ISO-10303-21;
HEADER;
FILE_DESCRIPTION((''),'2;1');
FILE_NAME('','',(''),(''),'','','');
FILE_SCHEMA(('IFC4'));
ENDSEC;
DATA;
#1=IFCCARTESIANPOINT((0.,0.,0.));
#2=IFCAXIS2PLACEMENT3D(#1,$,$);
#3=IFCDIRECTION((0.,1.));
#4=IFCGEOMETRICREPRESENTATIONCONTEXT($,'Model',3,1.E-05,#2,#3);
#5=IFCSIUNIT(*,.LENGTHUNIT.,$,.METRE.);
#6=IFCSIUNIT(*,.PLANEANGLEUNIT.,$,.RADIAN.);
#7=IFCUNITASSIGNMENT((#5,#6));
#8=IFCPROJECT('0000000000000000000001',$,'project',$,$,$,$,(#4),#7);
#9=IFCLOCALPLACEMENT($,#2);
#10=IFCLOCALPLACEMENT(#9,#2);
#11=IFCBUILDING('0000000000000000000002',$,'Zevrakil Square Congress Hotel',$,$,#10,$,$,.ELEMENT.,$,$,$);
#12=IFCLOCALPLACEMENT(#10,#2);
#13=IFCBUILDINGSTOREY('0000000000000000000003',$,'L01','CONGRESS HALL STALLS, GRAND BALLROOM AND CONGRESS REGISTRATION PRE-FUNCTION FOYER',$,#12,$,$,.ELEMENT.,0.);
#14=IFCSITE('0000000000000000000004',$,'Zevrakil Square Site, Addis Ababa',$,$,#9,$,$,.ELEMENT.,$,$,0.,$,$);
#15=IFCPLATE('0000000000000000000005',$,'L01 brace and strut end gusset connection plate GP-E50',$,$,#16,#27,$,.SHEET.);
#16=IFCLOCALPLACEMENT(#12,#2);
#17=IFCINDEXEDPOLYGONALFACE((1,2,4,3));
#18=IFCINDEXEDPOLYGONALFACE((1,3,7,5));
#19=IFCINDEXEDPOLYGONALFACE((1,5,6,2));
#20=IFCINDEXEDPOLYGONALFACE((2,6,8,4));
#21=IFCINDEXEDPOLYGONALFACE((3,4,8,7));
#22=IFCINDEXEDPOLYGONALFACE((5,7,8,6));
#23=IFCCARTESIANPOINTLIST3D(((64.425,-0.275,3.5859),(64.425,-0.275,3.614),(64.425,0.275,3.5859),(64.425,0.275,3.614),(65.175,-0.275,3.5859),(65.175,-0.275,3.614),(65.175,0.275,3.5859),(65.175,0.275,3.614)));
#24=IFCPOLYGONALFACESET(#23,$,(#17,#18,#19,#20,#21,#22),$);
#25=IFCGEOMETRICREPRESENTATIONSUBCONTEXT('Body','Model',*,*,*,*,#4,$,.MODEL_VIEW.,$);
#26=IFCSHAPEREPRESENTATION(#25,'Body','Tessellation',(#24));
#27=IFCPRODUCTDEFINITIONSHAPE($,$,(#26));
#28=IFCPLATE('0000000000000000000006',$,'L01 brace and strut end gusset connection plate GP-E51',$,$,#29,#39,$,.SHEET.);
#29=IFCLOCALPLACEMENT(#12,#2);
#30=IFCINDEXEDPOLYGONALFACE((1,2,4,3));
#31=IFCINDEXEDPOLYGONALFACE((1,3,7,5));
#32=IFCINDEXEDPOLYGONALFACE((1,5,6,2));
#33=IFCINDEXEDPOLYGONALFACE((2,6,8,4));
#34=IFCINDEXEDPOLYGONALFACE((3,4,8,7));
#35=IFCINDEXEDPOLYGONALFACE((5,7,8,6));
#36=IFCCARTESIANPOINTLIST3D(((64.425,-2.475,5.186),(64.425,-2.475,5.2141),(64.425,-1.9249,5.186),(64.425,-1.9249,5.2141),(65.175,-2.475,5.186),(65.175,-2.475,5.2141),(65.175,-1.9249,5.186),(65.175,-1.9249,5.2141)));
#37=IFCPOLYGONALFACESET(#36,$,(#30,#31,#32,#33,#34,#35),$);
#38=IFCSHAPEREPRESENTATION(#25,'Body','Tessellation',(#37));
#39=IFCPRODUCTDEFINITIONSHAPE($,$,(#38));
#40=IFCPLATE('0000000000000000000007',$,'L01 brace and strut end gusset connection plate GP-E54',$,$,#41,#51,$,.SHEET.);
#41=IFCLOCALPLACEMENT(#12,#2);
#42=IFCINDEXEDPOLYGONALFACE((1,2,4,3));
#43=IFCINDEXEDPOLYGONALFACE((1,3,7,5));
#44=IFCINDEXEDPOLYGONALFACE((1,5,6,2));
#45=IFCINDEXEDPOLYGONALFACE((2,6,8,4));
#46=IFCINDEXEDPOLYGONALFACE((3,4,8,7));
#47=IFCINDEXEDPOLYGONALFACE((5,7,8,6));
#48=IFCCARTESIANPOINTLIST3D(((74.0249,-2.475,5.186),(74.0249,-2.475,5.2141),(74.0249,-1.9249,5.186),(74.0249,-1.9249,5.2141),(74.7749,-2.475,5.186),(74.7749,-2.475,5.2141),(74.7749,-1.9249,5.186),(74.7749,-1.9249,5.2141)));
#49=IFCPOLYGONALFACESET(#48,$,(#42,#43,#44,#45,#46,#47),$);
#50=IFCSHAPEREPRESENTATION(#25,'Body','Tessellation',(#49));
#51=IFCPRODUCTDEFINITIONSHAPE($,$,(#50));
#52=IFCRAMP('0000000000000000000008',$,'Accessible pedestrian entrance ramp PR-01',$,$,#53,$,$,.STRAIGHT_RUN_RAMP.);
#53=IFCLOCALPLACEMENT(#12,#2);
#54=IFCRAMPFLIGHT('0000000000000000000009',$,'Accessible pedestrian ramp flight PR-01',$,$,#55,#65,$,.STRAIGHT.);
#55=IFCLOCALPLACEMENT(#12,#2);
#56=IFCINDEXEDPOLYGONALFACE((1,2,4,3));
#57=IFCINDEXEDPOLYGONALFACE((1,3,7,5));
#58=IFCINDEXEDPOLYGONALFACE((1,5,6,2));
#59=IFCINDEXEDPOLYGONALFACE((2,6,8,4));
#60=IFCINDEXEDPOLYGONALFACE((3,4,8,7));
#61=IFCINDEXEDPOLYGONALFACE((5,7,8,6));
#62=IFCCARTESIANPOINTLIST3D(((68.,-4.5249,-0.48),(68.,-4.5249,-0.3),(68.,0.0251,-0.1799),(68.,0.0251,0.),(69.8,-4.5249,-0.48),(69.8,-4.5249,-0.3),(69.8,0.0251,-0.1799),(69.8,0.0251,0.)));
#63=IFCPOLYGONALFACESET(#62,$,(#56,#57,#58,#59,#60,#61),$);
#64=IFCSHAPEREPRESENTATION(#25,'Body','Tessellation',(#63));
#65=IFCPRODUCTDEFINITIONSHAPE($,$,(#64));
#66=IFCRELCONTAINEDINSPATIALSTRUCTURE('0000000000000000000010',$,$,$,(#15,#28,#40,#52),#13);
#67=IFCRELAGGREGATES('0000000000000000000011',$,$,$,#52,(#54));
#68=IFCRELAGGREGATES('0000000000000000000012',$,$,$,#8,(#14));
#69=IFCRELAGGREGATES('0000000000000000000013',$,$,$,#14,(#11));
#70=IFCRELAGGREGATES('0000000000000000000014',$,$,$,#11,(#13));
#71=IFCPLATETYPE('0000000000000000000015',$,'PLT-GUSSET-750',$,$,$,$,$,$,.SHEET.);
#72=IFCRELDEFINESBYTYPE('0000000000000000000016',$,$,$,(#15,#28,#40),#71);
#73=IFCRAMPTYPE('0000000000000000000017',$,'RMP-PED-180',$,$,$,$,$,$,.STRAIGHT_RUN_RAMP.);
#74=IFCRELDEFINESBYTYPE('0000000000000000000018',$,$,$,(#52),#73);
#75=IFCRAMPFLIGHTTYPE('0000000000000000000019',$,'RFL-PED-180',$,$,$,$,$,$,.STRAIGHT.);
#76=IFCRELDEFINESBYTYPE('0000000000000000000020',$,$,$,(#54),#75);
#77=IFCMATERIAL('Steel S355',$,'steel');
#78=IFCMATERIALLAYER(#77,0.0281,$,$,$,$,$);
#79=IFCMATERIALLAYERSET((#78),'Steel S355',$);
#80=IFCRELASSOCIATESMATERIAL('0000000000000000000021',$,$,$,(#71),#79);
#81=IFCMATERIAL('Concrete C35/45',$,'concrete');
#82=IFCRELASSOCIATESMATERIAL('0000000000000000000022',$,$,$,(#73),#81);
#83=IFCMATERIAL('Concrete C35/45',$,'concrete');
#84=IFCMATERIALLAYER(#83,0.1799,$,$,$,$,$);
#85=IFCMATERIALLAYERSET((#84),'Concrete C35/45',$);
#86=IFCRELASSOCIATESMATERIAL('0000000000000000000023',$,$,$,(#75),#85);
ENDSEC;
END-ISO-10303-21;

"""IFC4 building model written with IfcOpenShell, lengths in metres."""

from ifc_helpers import new_model, si_unit, direction, frame, origin, origin_2d, place, context, subcontext, project, spatial, polyline, rectangle, outline, extrude, material, layer, layer_set, type_object, element, aggregate, save


model = new_model("IFC4")

# Units and contexts
model_context = context("Model", 3, precision=1e-05, world=origin(), true_north=direction((0.0, 1.0)))
body_context = subcontext(model_context, "Body", "Model", "MODEL_VIEW")
ifc_project = project(units=[si_unit("LENGTHUNIT", "METRE"), si_unit("PLANEANGLEUNIT", "RADIAN")], contexts=[model_context])

# Site, building, storey
site_placement = place(None, origin())
site = spatial("IfcSite", under=ifc_project, at=site_placement, Name="Zevrakil Square Site, Addis Ababa", CompositionType="ELEMENT", RefElevation=0.0)
building_placement = place(site_placement, origin())
building = spatial("IfcBuilding", under=site, at=building_placement, Name="Zevrakil Square Congress Hotel", CompositionType="ELEMENT")
storey_placement = place(building_placement, origin())
storey = spatial("IfcBuildingStorey", under=building, at=storey_placement, Name="L01", Description="CONGRESS HALL STALLS, GRAND BALLROOM AND CONGRESS REGISTRATION PRE-FUNCTION FOYER", CompositionType="ELEMENT", Elevation=0.0)

# Plates
ifc_material_1 = material(Name="Steel S355", Category="steel")
ifc_layer_1 = layer(ifc_material_1, 0.0281)
ifc_layer_set_1 = layer_set([ifc_layer_1], Name="Steel S355")
plate_type_1 = type_object("IfcPlateType", Name="PLT-GUSSET-750", PredefinedType="SHEET", material=ifc_layer_set_1)
for number, where, z_axis, x_axis, name in (
    (1, (64.8, 0.0, 3.5859), (0.0, 0.0, 1.0), (1.0, 0.0, 0.0), "L01 brace and strut end gusset connection plate GP-E50"),
    (2, (64.8, -2.2, 5.186), (0.0, 0.0, 1.0), (1.0, 0.0, 0.0), "L01 brace and strut end gusset connection plate GP-E51"),
    (3, (74.3999, -2.2, 5.186), (0.0, 0.0, 1.0), (1.0, 0.0, 0.0), "L01 brace and strut end gusset connection plate GP-E54"),
):
    element("IfcPlate", number, at=place(storey_placement, frame(where, z_axis=z_axis, x_axis=x_axis)), inside=storey, type_object=plate_type_1, Name=name, PredefinedType="SHEET", context=body_context, shape_type="SweptSolid", body=[
        extrude(rectangle(XDim=0.75, YDim=0.55, at=origin_2d()), origin(), (0.0, 0.0, 1.0), 0.0281),
    ])

# Ramp, ramp flight
ifc_material_2 = material(Name="Concrete C35/45", Category="concrete")
ramp_type = type_object("IfcRampType", Name="RMP-PED-180", PredefinedType="STRAIGHT_RUN_RAMP", material=ifc_material_2)
ramp_placement = place(storey_placement, origin())
ramp = element("IfcRamp", 4, at=ramp_placement, inside=storey, type_object=ramp_type, Name="Accessible pedestrian entrance ramp PR-01", PredefinedType="STRAIGHT_RUN_RAMP")
ifc_material_3 = material(Name="Concrete C35/45", Category="concrete")
ifc_layer_2 = layer(ifc_material_3, 0.1799)
ifc_layer_set_2 = layer_set([ifc_layer_2], Name="Concrete C35/45")
ramp_flight_type = type_object("IfcRampFlightType", Name="RFL-PED-180", PredefinedType="STRAIGHT", material=ifc_layer_set_2)
ramp_flight_placement = place(storey_placement, frame((68.8999, -4.5249, -0.3), z_axis=(1.0, 0.0, 0.0), x_axis=(0.0, 1.0, 0.0)))
ramp_flight = element("IfcRampFlight", 5, at=ramp_flight_placement, type_object=ramp_flight_type, Name="Accessible pedestrian ramp flight PR-01", PredefinedType="STRAIGHT", context=body_context, shape_type="SweptSolid", body=[
    extrude(outline(polyline([(0.0, 0.0), (4.55, 0.3), (4.55, 0.1201), (0.0, -0.1799), (0.0, 0.0)])), frame((0.0, 0.0, -0.8999), z_axis=(0.0, 0.0, 1.0), x_axis=(1.0, 0.0, 0.0)), (0.0, 0.0, 1.0), 1.8),
])
aggregate(ramp, [ramp_flight])

save(model, "model.ifc")
